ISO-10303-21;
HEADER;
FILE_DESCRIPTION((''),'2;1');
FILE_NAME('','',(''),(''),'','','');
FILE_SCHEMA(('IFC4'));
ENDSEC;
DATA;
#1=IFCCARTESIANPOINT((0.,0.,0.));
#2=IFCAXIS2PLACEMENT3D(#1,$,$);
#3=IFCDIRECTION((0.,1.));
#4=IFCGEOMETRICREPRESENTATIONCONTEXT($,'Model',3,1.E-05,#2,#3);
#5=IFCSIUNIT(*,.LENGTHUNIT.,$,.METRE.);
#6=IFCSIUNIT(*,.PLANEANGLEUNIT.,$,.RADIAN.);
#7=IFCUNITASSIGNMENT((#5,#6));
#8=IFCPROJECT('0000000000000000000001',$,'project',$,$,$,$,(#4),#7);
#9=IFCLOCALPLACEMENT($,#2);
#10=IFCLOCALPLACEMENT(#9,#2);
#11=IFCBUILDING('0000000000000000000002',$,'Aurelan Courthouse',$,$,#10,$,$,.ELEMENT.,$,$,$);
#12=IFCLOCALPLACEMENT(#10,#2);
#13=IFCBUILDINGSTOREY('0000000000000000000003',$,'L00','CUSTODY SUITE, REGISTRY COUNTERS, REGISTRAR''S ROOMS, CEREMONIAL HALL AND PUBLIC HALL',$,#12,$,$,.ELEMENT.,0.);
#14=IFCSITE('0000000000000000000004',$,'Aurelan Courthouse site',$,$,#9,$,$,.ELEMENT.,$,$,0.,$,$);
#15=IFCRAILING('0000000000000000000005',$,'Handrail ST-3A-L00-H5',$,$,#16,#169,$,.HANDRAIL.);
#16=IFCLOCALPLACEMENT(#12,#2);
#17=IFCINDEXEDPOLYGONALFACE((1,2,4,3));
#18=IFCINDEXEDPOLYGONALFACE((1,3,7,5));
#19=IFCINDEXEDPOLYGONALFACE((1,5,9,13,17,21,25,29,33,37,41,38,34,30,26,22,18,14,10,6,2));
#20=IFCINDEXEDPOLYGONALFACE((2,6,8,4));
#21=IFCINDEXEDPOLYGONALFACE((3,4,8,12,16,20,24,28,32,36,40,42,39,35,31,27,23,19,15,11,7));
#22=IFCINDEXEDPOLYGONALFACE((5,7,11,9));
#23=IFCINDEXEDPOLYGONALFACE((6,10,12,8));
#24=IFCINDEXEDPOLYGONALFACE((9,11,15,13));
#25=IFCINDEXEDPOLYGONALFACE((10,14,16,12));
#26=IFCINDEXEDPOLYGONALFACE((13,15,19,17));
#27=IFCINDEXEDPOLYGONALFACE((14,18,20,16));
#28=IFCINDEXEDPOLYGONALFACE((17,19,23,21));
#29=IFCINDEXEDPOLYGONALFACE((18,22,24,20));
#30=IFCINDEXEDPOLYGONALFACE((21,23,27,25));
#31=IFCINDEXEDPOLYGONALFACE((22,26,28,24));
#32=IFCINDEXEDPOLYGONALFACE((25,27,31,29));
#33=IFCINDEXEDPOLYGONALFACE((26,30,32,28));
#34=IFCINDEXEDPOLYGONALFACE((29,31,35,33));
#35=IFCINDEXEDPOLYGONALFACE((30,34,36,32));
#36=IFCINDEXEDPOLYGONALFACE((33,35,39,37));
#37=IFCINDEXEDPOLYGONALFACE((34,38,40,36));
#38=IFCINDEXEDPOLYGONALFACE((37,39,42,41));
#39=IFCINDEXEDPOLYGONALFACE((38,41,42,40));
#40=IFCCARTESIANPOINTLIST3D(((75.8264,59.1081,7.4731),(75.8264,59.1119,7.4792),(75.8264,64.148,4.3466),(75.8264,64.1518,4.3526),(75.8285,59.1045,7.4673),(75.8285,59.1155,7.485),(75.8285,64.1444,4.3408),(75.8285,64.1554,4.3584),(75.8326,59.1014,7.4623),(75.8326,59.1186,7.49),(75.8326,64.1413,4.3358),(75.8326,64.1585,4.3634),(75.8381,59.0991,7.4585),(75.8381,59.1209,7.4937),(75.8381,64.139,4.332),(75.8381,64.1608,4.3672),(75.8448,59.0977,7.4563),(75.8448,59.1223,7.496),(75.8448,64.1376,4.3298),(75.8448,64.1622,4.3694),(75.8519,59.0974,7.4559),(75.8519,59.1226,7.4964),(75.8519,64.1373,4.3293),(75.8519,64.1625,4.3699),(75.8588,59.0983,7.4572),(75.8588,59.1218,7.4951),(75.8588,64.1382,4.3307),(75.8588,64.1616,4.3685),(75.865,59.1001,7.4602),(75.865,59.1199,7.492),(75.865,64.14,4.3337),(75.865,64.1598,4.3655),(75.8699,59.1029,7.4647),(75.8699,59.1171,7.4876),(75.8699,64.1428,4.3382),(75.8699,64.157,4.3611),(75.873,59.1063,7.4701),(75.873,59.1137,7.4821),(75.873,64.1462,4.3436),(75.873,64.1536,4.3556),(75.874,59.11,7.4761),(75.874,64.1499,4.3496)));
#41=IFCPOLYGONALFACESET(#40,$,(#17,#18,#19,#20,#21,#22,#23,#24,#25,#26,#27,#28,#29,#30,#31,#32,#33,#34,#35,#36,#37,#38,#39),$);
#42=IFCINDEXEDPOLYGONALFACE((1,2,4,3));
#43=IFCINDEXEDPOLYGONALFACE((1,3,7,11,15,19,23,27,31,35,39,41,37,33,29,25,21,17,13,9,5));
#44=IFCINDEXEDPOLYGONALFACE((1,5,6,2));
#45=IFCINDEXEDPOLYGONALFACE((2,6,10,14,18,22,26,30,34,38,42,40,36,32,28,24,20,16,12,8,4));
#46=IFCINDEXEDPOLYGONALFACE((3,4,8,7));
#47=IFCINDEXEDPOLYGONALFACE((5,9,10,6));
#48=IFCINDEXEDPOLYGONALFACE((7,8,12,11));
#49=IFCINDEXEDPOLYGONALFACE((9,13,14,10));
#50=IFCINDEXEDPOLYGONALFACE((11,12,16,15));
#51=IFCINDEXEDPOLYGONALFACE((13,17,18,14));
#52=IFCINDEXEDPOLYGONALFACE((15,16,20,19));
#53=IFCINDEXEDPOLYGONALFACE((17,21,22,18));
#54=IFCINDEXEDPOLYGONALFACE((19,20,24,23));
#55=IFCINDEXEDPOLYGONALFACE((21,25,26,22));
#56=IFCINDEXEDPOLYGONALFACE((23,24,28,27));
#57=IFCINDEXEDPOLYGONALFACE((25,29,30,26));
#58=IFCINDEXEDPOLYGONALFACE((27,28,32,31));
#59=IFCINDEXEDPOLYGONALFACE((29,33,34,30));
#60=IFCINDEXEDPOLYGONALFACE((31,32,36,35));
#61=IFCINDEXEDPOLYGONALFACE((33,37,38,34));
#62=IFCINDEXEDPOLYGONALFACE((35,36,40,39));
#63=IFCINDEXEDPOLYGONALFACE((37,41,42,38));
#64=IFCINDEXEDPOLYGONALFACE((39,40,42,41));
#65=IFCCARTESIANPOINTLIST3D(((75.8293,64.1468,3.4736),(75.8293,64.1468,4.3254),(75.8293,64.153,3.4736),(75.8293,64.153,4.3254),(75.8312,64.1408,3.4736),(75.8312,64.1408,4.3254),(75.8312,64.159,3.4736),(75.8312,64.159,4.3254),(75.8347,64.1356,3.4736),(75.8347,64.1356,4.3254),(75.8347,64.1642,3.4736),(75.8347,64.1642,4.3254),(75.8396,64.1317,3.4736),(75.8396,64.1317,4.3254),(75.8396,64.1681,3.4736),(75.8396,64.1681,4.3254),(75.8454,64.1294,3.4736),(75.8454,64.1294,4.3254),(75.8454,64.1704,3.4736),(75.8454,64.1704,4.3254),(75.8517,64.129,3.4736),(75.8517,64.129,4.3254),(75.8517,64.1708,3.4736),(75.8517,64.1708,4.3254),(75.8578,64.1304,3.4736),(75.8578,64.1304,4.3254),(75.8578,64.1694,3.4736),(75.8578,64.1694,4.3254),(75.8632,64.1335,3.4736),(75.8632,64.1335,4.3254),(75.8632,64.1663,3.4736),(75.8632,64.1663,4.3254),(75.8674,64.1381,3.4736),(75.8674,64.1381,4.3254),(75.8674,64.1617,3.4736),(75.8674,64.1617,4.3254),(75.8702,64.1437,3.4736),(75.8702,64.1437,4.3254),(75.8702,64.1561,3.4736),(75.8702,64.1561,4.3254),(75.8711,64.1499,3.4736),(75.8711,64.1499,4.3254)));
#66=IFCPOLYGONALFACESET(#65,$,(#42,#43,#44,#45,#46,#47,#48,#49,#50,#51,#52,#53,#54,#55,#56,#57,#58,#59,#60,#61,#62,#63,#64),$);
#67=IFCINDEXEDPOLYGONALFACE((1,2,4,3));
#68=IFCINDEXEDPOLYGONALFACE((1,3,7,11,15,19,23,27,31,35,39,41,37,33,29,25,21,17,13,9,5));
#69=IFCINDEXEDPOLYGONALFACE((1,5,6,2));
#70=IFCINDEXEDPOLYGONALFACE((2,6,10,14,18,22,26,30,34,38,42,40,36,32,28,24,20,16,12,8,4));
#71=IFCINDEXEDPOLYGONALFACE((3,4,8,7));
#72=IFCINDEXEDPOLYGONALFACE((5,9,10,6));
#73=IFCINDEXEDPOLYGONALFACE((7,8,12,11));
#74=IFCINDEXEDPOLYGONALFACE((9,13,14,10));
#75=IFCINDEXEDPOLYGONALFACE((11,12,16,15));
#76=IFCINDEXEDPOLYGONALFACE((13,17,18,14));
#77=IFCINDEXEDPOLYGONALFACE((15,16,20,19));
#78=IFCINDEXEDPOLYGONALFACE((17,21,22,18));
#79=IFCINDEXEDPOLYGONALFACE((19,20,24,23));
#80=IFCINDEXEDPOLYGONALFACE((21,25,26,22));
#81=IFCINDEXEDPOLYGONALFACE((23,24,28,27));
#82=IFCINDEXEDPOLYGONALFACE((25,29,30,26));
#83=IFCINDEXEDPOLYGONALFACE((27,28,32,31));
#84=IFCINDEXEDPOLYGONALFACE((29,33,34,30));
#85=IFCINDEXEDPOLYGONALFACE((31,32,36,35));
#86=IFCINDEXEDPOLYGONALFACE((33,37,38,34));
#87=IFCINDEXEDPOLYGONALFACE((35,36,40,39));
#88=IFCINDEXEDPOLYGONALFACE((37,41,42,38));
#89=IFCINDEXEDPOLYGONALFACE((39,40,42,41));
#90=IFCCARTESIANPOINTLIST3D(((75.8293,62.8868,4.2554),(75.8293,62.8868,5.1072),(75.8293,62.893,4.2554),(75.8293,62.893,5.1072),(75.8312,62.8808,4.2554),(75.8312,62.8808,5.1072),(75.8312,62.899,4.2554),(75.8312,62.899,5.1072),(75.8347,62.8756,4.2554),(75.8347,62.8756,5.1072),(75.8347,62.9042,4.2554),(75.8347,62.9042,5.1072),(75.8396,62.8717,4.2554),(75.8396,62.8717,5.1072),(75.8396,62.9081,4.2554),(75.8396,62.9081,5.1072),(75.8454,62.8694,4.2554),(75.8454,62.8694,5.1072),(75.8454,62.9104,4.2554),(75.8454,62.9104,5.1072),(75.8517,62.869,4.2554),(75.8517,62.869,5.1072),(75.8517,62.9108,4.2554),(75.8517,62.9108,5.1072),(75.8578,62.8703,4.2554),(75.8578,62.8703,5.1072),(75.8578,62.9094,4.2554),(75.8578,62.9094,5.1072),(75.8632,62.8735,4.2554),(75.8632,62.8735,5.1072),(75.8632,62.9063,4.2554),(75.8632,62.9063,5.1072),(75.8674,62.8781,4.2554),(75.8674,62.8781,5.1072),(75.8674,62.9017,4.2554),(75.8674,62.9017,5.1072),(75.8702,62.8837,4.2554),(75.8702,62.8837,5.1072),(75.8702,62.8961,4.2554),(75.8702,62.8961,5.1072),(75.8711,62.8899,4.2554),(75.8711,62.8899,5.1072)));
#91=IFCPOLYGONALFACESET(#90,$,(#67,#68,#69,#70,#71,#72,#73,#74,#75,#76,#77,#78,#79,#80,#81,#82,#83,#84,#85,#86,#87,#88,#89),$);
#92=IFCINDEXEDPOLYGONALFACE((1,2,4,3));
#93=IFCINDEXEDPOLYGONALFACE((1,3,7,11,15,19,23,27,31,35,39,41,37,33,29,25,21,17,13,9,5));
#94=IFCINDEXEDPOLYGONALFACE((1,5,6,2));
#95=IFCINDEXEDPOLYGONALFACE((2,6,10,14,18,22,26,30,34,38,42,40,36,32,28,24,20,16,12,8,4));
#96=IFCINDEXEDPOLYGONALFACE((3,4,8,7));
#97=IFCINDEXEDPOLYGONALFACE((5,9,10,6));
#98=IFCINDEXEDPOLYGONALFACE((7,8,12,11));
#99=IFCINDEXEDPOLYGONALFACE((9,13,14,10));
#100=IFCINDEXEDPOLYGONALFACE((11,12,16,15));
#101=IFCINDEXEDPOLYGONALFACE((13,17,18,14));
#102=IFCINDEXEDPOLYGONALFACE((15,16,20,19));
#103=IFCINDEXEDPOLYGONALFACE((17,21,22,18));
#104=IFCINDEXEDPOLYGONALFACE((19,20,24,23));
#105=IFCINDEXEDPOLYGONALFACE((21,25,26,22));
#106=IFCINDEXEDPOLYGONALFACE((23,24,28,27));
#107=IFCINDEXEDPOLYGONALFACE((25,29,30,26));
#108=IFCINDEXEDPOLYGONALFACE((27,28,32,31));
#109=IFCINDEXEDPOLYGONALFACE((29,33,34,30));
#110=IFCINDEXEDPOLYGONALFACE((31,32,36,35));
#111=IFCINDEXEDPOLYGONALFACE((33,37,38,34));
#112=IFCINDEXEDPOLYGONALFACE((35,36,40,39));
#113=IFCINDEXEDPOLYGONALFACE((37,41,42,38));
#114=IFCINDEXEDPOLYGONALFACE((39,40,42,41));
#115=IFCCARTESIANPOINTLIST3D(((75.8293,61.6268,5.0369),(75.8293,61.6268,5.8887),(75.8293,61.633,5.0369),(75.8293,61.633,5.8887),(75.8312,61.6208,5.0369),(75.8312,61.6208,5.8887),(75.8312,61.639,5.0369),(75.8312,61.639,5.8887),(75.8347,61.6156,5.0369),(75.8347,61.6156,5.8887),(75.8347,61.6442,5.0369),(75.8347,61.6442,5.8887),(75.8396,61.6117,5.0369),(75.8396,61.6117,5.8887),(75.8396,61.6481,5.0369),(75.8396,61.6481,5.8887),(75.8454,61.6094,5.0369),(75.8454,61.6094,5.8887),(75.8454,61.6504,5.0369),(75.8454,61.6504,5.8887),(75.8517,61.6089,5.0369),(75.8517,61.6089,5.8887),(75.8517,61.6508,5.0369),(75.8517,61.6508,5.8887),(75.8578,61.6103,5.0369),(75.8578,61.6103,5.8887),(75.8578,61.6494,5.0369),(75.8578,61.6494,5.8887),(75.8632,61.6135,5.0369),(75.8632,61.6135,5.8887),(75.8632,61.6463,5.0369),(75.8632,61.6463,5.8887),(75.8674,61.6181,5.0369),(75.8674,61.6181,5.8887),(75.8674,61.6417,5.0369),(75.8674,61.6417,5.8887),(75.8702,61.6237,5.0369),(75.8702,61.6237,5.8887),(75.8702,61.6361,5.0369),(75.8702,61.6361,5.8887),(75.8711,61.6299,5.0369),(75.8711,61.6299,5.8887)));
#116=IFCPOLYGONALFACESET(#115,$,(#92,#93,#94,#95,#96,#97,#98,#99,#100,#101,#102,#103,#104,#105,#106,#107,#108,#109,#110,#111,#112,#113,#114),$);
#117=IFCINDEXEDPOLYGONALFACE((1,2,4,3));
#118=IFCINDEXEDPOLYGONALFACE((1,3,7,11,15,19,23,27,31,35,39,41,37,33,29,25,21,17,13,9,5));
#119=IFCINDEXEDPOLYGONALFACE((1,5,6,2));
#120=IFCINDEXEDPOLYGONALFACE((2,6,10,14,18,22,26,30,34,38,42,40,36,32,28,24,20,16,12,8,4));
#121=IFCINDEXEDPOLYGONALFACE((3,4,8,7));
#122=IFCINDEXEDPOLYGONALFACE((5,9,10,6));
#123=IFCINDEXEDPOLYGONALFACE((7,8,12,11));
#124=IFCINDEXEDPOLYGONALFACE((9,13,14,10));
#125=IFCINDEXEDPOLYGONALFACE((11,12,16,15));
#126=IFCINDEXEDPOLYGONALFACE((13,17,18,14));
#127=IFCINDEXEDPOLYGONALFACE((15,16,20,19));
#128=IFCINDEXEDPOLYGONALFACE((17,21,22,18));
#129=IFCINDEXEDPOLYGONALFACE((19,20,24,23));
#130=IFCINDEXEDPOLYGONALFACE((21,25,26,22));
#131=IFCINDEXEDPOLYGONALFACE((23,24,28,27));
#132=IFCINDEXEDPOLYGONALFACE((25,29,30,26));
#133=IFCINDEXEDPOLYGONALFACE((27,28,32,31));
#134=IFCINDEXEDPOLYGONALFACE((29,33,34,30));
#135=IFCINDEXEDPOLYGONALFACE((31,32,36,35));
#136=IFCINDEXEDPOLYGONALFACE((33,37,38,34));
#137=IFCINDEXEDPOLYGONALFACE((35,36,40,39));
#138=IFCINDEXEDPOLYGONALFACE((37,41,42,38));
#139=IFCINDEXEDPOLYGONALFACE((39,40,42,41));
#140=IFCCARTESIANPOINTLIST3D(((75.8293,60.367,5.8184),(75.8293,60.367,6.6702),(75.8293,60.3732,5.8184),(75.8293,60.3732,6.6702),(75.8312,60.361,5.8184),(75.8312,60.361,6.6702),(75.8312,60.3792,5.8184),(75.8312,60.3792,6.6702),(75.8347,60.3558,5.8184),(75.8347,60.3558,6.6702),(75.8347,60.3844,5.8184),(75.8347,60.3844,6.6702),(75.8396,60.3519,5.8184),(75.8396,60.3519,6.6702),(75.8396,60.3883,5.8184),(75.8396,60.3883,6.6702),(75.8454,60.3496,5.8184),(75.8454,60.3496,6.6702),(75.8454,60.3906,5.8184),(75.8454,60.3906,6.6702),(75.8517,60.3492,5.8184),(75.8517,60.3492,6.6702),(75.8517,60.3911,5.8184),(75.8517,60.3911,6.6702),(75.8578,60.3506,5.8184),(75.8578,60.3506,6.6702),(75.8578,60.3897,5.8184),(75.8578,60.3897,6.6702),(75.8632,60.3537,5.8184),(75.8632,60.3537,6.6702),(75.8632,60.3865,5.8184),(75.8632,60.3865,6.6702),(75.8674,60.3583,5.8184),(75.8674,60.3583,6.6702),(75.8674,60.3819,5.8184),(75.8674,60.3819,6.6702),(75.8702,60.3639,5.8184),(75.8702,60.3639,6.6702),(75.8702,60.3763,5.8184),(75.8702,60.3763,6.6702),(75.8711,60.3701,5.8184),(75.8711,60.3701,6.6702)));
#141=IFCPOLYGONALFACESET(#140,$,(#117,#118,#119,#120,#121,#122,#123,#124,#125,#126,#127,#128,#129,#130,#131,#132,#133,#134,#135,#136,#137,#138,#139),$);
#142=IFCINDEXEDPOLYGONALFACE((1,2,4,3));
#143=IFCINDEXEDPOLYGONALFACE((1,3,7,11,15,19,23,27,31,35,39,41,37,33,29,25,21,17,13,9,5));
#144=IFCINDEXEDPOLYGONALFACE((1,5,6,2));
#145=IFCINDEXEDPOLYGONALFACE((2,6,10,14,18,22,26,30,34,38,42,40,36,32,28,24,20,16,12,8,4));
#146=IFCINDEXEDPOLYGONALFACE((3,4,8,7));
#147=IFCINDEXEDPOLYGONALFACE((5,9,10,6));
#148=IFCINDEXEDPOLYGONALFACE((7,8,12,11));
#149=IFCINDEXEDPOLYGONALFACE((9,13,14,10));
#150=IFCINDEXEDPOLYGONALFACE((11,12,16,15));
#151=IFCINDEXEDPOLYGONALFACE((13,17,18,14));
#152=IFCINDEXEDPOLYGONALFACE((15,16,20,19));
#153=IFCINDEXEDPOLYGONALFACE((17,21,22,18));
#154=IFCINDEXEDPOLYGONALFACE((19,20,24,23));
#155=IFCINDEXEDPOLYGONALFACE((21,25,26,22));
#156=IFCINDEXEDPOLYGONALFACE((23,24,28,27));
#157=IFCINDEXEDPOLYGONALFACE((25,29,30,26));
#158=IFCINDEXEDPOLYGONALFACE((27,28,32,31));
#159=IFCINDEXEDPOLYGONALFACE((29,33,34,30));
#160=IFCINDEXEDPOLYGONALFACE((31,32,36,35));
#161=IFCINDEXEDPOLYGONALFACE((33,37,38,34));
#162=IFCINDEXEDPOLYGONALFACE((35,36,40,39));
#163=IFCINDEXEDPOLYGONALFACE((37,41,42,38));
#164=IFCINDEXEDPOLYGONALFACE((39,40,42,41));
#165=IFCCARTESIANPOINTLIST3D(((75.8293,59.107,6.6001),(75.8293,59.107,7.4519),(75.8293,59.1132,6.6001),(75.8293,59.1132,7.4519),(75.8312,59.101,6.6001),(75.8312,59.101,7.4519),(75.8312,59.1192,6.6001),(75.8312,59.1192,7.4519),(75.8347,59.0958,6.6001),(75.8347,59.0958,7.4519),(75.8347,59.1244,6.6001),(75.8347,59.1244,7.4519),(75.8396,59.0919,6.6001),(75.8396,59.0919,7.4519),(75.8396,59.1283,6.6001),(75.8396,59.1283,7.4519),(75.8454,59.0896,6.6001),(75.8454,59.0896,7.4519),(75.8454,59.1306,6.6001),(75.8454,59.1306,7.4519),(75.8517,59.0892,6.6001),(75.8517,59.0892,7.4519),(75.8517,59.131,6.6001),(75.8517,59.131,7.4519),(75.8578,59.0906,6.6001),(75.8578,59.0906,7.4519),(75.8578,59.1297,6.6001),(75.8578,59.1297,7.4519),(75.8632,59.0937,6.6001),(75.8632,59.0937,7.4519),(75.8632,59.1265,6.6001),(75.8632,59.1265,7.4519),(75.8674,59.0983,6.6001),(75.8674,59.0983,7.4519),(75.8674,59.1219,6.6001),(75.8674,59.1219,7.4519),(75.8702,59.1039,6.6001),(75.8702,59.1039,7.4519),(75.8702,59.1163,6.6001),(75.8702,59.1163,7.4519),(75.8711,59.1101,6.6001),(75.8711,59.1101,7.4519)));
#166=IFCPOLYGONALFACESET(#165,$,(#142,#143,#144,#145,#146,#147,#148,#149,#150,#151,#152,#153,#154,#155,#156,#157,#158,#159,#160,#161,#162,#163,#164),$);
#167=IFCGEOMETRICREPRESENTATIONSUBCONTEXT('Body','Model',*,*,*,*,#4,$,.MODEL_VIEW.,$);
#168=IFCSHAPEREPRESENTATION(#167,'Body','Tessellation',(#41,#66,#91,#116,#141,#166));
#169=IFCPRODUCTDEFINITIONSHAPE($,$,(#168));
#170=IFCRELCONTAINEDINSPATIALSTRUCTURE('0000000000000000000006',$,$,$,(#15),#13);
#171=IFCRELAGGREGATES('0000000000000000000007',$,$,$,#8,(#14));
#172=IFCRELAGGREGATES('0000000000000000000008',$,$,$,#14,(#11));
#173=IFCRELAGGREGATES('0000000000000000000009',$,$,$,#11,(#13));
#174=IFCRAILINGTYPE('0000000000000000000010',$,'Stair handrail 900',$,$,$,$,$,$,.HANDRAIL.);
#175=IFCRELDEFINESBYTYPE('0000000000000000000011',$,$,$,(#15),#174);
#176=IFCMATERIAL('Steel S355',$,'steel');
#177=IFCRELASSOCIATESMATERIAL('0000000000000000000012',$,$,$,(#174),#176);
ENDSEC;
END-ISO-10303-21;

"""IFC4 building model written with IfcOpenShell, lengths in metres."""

from ifc_helpers import new_model, si_unit, direction, frame, origin, origin_2d, place, context, subcontext, project, spatial, circle, extrude, material, type_object, element, save


model = new_model("IFC4")

# Units and contexts
model_context = context("Model", 3, precision=1e-05, world=origin(), true_north=direction((0.0, 1.0)))
body_context = subcontext(model_context, "Body", "Model", "MODEL_VIEW")
ifc_project = project(units=[si_unit("LENGTHUNIT", "METRE"), si_unit("PLANEANGLEUNIT", "RADIAN")], contexts=[model_context])

# Site, building, storey
site_placement = place(None, origin())
site = spatial("IfcSite", under=ifc_project, at=site_placement, Name="Aurelan Courthouse site", CompositionType="ELEMENT", RefElevation=0.0)
building_placement = place(site_placement, origin())
building = spatial("IfcBuilding", under=site, at=building_placement, Name="Aurelan Courthouse", CompositionType="ELEMENT")
storey_placement = place(building_placement, origin())
storey = spatial("IfcBuildingStorey", under=building, at=storey_placement, Name="L00", Description="CUSTODY SUITE, REGISTRY COUNTERS, REGISTRAR'S ROOMS, CEREMONIAL HALL AND PUBLIC HALL", CompositionType="ELEMENT", Elevation=0.0)

# Railing
ifc_material_1 = material(Name="Steel S355", Category="steel")
railing_type_1 = type_object("IfcRailingType", Name="Stair handrail 900", PredefinedType="HANDRAIL", material=ifc_material_1)
for number, where, name in (
    (1, (75.8501, 64.1499, 3.4736), "Handrail ST-3A-L00-H5"),
):
    element("IfcRailing", number, at=place(storey_placement, frame(where)), inside=storey, type_object=railing_type_1, Name=name, PredefinedType="HANDRAIL", context=body_context, shape_type="SweptSolid", body=[
        extrude(circle(Radius=0.0239, at=origin_2d()), frame((0.0, 0.0, 0.876), z_axis=(0.0, -0.849767, 0.527158), x_axis=(1.0, 0.0, 0.0)), (0.0, 0.0, 1.0), 5.9309),
        extrude(circle(Radius=0.021, at=origin_2d()), origin(), (0.0, 0.0, 1.0), 0.8518),
        extrude(circle(Radius=0.021, at=origin_2d()), frame((0.0, -1.26, 0.7817)), (0.0, 0.0, 1.0), 0.8518),
        extrude(circle(Radius=0.021, at=origin_2d()), frame((0.0, -2.52, 1.5632)), (0.0, 0.0, 1.0), 0.8518),
        extrude(circle(Radius=0.021, at=origin_2d()), frame((0.0, -3.7798, 2.3447)), (0.0, 0.0, 1.0), 0.8518),
        extrude(circle(Radius=0.021, at=origin_2d()), frame((0.0, -5.0398, 3.1265)), (0.0, 0.0, 1.0), 0.8518),
    ])

save(model, "model.ifc")
